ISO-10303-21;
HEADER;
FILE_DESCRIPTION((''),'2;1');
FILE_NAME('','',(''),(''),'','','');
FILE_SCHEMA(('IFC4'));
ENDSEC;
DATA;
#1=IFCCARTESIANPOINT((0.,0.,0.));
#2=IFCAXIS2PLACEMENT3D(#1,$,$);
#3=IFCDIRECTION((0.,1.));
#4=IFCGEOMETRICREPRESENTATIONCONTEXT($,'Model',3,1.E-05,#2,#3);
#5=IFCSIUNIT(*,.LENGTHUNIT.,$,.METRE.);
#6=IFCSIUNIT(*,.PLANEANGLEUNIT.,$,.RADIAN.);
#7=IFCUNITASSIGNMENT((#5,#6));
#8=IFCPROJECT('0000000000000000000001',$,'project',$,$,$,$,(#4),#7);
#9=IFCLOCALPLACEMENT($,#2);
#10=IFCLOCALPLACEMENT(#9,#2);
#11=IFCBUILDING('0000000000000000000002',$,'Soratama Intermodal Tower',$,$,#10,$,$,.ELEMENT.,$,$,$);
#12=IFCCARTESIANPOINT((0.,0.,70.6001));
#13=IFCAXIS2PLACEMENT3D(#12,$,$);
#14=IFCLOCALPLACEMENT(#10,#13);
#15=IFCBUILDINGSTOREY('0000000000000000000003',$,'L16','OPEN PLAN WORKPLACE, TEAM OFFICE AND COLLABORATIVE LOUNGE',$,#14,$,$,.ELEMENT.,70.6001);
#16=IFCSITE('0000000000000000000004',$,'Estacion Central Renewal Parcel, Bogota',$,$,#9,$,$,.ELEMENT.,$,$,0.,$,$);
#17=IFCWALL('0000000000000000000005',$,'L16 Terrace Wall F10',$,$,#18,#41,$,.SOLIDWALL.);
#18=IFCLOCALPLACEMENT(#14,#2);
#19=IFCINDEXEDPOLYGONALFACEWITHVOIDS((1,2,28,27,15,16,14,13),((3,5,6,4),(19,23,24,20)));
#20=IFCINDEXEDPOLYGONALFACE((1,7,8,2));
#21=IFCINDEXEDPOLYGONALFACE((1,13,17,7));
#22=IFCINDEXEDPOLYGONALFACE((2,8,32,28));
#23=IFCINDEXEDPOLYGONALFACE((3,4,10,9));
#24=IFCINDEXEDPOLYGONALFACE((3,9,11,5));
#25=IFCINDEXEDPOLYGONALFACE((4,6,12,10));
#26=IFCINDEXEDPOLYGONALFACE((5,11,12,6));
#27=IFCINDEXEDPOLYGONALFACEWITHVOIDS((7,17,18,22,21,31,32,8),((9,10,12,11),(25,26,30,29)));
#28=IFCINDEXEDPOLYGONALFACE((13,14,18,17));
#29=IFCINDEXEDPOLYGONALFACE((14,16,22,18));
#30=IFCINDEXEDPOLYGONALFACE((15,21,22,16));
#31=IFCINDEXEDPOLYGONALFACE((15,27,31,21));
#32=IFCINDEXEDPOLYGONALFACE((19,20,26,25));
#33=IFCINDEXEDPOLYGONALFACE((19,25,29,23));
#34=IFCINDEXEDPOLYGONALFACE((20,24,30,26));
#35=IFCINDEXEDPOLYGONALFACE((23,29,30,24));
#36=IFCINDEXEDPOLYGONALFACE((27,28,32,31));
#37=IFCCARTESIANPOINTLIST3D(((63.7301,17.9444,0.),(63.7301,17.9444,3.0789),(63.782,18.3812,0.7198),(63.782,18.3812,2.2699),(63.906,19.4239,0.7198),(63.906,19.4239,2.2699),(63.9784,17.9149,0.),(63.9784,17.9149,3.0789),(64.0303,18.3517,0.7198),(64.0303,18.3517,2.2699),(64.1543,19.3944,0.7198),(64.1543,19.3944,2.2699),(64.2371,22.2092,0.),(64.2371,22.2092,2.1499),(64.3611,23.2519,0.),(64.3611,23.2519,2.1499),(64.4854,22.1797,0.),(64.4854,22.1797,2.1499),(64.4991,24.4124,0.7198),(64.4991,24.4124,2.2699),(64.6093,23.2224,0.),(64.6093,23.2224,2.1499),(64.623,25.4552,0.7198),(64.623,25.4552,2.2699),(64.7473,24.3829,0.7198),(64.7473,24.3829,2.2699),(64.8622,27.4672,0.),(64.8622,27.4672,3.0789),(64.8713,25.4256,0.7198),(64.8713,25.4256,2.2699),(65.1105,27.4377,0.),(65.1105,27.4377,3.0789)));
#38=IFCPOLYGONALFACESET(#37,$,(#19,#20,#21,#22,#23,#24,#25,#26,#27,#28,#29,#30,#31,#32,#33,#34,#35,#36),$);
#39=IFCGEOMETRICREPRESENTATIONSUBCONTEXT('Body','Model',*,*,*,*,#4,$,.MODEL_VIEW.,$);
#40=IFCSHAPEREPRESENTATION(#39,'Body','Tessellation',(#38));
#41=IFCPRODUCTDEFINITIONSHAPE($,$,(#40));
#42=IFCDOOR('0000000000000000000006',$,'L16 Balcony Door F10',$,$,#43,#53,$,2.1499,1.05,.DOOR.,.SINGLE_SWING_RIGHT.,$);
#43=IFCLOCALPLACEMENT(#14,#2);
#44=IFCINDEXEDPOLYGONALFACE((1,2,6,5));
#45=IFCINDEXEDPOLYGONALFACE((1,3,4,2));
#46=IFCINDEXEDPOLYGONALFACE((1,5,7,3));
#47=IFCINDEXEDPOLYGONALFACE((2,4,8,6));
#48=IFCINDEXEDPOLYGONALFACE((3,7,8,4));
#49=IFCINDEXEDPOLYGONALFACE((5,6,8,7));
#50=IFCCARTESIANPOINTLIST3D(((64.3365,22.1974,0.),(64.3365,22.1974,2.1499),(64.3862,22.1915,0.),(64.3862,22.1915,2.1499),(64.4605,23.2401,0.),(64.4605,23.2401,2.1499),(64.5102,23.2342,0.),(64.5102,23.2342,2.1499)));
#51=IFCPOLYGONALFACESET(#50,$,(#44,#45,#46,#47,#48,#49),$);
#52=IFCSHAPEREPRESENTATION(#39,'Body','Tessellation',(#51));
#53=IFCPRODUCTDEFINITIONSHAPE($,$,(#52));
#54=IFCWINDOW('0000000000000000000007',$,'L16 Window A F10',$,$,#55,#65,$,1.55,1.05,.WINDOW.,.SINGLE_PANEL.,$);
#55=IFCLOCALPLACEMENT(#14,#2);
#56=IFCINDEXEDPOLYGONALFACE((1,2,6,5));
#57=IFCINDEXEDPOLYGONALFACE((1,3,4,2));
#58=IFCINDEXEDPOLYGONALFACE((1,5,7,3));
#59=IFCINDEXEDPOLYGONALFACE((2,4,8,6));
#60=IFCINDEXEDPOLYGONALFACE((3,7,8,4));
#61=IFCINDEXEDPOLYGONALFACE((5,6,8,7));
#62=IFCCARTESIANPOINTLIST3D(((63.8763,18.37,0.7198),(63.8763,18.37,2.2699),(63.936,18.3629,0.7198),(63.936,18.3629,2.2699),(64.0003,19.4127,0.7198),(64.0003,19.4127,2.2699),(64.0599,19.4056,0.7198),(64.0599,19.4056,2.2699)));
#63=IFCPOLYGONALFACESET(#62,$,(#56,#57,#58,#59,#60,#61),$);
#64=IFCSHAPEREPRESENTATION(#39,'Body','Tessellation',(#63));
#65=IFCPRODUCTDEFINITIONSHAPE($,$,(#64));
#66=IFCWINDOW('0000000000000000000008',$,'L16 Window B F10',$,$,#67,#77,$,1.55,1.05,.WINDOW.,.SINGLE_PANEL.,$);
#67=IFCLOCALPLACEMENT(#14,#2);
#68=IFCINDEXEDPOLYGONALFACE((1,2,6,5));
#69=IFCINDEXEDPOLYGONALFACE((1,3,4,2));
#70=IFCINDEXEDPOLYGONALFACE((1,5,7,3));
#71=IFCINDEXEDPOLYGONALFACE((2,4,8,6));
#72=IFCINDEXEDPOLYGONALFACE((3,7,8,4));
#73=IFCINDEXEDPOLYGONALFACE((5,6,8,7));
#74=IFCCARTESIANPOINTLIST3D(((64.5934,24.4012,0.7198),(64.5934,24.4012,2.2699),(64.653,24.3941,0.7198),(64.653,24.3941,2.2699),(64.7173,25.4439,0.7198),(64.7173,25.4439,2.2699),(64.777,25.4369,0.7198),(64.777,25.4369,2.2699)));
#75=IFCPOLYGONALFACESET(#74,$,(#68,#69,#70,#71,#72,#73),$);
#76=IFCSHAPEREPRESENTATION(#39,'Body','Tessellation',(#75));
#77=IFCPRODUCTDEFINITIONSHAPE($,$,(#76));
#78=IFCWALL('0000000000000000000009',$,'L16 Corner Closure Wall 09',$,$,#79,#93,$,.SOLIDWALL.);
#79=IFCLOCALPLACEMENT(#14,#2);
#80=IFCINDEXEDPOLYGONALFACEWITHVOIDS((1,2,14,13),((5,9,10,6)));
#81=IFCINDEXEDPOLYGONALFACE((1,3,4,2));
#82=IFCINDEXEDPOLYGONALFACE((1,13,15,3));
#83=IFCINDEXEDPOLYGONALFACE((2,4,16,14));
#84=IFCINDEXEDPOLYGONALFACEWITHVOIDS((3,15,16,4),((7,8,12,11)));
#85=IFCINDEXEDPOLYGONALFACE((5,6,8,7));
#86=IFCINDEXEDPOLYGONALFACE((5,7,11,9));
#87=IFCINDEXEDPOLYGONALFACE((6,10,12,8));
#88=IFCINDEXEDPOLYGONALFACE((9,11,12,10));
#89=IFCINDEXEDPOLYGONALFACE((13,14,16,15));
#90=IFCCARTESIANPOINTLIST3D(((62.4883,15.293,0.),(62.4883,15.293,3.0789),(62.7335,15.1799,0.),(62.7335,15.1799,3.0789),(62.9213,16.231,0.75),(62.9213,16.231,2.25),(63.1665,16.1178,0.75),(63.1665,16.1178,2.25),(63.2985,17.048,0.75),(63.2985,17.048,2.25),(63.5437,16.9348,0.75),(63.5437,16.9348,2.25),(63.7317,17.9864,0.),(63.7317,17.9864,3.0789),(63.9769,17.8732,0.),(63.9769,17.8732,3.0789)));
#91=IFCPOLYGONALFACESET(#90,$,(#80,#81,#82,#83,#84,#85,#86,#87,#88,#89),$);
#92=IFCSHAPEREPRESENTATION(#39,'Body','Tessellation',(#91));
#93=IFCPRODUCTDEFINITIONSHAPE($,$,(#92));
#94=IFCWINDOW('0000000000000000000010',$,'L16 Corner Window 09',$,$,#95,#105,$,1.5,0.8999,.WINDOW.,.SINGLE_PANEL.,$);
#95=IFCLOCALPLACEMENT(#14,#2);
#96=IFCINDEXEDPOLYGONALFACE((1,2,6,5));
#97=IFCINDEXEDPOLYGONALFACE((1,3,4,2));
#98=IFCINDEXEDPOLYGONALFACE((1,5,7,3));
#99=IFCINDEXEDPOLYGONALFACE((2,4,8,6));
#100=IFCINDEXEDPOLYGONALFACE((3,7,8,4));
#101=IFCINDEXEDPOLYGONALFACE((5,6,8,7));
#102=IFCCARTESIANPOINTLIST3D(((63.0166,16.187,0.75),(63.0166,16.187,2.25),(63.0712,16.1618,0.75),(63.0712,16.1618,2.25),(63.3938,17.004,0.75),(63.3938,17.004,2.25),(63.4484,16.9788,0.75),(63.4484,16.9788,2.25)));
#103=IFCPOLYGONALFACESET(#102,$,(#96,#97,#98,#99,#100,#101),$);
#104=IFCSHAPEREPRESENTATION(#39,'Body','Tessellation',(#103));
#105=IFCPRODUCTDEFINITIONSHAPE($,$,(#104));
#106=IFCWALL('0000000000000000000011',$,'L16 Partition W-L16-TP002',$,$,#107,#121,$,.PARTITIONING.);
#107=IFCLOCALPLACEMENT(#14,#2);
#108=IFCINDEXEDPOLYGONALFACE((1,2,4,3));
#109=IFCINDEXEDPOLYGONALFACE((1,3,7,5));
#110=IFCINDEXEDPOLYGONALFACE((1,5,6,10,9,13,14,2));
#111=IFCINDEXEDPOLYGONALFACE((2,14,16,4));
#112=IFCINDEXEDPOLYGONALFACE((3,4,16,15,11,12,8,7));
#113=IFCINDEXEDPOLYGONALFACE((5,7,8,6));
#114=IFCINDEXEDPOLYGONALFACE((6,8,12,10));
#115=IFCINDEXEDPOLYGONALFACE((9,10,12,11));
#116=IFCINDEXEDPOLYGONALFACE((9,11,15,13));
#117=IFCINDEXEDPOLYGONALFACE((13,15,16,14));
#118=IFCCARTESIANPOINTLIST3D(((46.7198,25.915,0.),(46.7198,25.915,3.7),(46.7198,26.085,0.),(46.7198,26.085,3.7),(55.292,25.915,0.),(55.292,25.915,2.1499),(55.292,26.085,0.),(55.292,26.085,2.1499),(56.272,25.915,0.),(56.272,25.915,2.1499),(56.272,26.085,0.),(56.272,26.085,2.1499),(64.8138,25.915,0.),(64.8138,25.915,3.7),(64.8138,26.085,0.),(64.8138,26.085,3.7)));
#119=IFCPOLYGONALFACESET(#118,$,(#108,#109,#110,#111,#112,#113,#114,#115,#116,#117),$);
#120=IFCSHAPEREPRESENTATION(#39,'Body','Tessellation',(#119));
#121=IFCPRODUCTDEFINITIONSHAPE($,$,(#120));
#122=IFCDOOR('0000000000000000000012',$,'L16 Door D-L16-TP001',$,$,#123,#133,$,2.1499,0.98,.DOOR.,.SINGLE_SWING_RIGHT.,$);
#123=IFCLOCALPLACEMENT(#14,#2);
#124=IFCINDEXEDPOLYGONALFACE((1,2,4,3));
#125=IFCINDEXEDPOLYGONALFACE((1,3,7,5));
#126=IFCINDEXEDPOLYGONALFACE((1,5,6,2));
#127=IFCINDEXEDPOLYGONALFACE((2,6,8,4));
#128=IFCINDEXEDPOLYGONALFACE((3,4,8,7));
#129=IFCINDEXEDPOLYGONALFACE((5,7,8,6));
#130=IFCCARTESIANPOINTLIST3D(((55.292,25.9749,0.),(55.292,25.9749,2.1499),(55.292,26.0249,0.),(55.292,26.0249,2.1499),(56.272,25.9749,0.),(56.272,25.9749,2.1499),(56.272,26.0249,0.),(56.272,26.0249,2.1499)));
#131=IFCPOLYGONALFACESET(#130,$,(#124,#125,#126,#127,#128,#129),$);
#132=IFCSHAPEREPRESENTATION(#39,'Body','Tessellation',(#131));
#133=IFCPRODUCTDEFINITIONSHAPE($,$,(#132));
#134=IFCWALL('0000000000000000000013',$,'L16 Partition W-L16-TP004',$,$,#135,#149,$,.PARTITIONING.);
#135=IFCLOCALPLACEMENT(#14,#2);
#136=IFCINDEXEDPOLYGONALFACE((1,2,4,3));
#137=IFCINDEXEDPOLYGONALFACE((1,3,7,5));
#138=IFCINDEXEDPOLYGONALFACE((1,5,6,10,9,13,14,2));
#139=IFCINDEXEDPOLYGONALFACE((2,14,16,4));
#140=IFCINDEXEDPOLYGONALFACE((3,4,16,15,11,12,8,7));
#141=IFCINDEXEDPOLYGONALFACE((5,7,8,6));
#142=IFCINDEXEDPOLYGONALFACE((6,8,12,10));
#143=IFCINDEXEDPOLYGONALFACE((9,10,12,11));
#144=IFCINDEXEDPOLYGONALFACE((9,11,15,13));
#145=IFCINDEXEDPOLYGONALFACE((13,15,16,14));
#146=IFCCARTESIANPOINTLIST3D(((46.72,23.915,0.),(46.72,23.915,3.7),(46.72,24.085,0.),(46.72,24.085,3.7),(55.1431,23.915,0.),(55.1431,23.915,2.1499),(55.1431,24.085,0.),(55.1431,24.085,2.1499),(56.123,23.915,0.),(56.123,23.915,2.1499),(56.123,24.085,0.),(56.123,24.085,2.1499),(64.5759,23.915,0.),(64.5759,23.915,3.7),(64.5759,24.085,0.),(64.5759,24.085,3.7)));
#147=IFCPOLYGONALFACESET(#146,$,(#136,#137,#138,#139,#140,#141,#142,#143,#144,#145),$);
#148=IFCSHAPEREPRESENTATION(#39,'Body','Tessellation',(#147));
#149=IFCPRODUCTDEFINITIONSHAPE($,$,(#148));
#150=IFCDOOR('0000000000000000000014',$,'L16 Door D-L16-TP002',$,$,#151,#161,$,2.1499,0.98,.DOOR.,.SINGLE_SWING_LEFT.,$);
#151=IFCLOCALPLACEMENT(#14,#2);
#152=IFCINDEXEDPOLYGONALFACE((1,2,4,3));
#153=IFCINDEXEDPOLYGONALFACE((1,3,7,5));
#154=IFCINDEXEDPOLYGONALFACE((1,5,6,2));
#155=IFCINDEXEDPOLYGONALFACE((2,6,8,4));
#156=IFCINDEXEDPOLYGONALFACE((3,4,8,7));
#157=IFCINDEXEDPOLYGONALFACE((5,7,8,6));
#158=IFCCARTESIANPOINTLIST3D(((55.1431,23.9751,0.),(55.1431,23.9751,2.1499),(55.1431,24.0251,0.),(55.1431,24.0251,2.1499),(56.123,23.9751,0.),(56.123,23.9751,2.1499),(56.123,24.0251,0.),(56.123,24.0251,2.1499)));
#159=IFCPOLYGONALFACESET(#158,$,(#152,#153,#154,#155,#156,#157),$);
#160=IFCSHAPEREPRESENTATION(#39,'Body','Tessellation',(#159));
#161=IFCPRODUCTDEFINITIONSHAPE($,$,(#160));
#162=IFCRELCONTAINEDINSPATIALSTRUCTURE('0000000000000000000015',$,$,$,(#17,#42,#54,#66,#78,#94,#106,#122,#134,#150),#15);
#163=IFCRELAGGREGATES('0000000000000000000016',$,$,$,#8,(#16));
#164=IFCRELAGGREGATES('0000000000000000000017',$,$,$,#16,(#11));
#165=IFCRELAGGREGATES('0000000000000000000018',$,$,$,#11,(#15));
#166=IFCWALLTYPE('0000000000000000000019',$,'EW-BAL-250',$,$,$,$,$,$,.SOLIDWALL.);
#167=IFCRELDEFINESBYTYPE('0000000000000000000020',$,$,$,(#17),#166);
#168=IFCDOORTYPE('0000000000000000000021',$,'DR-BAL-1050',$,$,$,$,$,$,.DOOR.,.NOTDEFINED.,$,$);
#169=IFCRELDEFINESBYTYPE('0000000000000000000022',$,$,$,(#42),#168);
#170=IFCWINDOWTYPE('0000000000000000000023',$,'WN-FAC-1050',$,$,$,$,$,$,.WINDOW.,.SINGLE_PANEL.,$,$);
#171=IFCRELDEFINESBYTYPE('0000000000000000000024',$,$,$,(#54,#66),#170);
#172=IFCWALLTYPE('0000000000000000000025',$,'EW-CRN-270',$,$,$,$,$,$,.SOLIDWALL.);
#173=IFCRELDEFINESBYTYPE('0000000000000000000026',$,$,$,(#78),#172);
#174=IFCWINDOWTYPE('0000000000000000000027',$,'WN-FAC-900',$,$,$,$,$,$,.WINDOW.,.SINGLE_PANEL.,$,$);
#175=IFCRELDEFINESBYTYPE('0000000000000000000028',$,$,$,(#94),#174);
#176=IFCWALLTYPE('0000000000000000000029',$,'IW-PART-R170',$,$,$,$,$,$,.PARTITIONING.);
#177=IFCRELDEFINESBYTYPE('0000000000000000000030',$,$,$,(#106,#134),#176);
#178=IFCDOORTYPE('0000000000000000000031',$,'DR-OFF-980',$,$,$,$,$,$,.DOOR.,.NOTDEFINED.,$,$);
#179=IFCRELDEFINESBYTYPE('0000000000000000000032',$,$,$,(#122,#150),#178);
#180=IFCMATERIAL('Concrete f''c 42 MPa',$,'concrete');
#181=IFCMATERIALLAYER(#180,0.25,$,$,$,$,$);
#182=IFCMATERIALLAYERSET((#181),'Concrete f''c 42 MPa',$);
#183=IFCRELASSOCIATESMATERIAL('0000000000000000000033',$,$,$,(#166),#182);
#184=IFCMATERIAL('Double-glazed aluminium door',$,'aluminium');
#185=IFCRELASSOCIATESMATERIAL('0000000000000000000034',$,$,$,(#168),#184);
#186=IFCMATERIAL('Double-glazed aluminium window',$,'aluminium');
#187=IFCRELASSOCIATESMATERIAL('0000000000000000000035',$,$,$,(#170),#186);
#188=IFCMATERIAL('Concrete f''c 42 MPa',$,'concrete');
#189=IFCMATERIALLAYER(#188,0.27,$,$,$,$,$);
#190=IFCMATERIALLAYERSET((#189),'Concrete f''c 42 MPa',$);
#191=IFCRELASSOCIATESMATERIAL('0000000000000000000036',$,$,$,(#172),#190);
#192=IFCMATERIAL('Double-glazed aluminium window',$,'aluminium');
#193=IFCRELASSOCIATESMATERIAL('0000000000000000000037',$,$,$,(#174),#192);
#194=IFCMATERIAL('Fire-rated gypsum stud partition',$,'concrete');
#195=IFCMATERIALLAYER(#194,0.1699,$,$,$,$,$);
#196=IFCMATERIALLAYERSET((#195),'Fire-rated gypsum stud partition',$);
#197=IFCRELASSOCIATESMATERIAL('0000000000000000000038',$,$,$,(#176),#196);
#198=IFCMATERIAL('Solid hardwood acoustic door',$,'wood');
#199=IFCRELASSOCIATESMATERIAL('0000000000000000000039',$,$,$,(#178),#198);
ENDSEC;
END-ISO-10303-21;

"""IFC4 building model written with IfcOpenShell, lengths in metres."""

from ifc_helpers import new_model, si_unit, direction, frame, frame_2d, origin, place, context, subcontext, project, spatial, rectangle, extrude, material, layer, layer_set, type_object, element, fill, save


model = new_model("IFC4")

# Units and contexts
model_context = context("Model", 3, precision=1e-05, world=origin(), true_north=direction((0.0, 1.0)))
body_context = subcontext(model_context, "Body", "Model", "MODEL_VIEW")
ifc_project = project(units=[si_unit("LENGTHUNIT", "METRE"), si_unit("PLANEANGLEUNIT", "RADIAN")], contexts=[model_context])

# Site, building, storey
site_placement = place(None, origin())
site = spatial("IfcSite", under=ifc_project, at=site_placement, Name="Estacion Central Renewal Parcel, Bogota", CompositionType="ELEMENT", RefElevation=0.0)
building_placement = place(site_placement, origin())
building = spatial("IfcBuilding", under=site, at=building_placement, Name="Soratama Intermodal Tower", CompositionType="ELEMENT")
storey_placement = place(building_placement, frame((0.0, 0.0, 70.6001)))
storey = spatial("IfcBuildingStorey", under=building, at=storey_placement, Name="L16", Description="OPEN PLAN WORKPLACE, TEAM OFFICE AND COLLABORATIVE LOUNGE", CompositionType="ELEMENT", Elevation=70.6001)

# Wall, openings, door, windows
ifc_material_1 = material(Name="Concrete f'c 42 MPa", Category="concrete")
ifc_layer_1 = layer(ifc_material_1, 0.25)
ifc_layer_set_1 = layer_set([ifc_layer_1], Name="Concrete f'c 42 MPa")
wall_type_1 = type_object("IfcWallType", Name="EW-BAL-250", PredefinedType="SOLIDWALL", material=ifc_layer_set_1)
wall_1_placement = place(storey_placement, frame((63.8542, 17.9297, 0.0), z_axis=(0.0, 0.0, 1.0), x_axis=(0.118051, 0.993008, 0.0)))
wall_1 = element("IfcWall", 1, at=wall_1_placement, inside=storey, type_object=wall_type_1, Name="L16 Terrace Wall F10", PredefinedType="SOLIDWALL", context=body_context, shape_type="SweptSolid", body=[
    extrude(rectangle(XDim=9.5898, YDim=0.25, at=frame_2d((4.7949, 0.0))), origin(), (0.0, 0.0, 1.0), 3.0789),
])
opening_1_placement = place(wall_1_placement, frame((4.2949, 0.0, 0.0)))
opening_1 = element("IfcOpeningElement", 2, at=opening_1_placement, cuts=wall_1, PredefinedType="OPENING", context=body_context, shape_type="SweptSolid", body=[
    extrude(rectangle(XDim=1.05, YDim=2.1499, at=frame_2d((0.5249, 1.075))), frame((0.0, 0.135, 0.0), z_axis=(0.0, -1.0, 0.0), x_axis=(1.0, 0.0, 0.0)), (0.0, 0.0, 1.0), 0.27),
])
opening_2_placement = place(wall_1_placement, frame((0.4399, 0.0, 0.72)))
opening_2 = element("IfcOpeningElement", 3, at=opening_2_placement, cuts=wall_1, PredefinedType="OPENING", context=body_context, shape_type="SweptSolid", body=[
    extrude(rectangle(XDim=1.05, YDim=1.55, at=frame_2d((0.5249, 0.7749))), frame((0.0, 0.135, 0.0), z_axis=(0.0, -1.0, 0.0), x_axis=(1.0, 0.0, 0.0)), (0.0, 0.0, 1.0), 0.27),
])
opening_3_placement = place(wall_1_placement, frame((6.5137, 0.0, 0.72)))
opening_3 = element("IfcOpeningElement", 4, at=opening_3_placement, cuts=wall_1, PredefinedType="OPENING", context=body_context, shape_type="SweptSolid", body=[
    extrude(rectangle(XDim=1.05, YDim=1.55, at=frame_2d((0.5249, 0.7749))), frame((0.0, 0.135, 0.0), z_axis=(0.0, -1.0, 0.0), x_axis=(1.0, 0.0, 0.0)), (0.0, 0.0, 1.0), 0.27),
])
ifc_material_2 = material(Name="Double-glazed aluminium door", Category="aluminium")
door_type_1 = type_object("IfcDoorType", Name="DR-BAL-1050", OperationType="NOTDEFINED", PredefinedType="DOOR", material=ifc_material_2)
door_1_placement = place(opening_1_placement, origin())
door_1 = element("IfcDoor", 5, at=door_1_placement, inside=storey, type_object=door_type_1, Name="L16 Balcony Door F10", OperationType="SINGLE_SWING_RIGHT", OverallHeight=2.1499, OverallWidth=1.05, PredefinedType="DOOR", context=body_context, shape_type="SweptSolid", body=[
    extrude(rectangle(XDim=1.05, YDim=2.1499, at=frame_2d((0.5249, 1.075))), frame((0.0, 0.0249, 0.0), z_axis=(0.0, -1.0, 0.0), x_axis=(1.0, 0.0, 0.0)), (0.0, 0.0, 1.0), 0.05),
])
fill(opening_1, door_1)
ifc_material_3 = material(Name="Double-glazed aluminium window", Category="aluminium")
window_type_1 = type_object("IfcWindowType", Name="WN-FAC-1050", PartitioningType="SINGLE_PANEL", PredefinedType="WINDOW", material=ifc_material_3)
window_1_placement = place(opening_2_placement, origin())
window_1 = element("IfcWindow", 6, at=window_1_placement, inside=storey, type_object=window_type_1, Name="L16 Window A F10", OverallHeight=1.55, OverallWidth=1.05, PartitioningType="SINGLE_PANEL", PredefinedType="WINDOW", context=body_context, shape_type="SweptSolid", body=[
    extrude(rectangle(XDim=1.05, YDim=1.55, at=frame_2d((0.5249, 0.7749))), frame((0.0, 0.03, 0.0), z_axis=(0.0, -1.0, 0.0), x_axis=(1.0, 0.0, 0.0)), (0.0, 0.0, 1.0), 0.0601),
])
fill(opening_2, window_1)
window_2_placement = place(opening_3_placement, origin())
window_2 = element("IfcWindow", 7, at=window_2_placement, inside=storey, type_object=window_type_1, Name="L16 Window B F10", OverallHeight=1.55, OverallWidth=1.05, PartitioningType="SINGLE_PANEL", PredefinedType="WINDOW", context=body_context, shape_type="SweptSolid", body=[
    extrude(rectangle(XDim=1.05, YDim=1.55, at=frame_2d((0.5249, 0.7749))), frame((0.0, 0.03, 0.0), z_axis=(0.0, -1.0, 0.0), x_axis=(1.0, 0.0, 0.0)), (0.0, 0.0, 1.0), 0.0601),
])
fill(opening_3, window_2)

# Wall, opening, window
ifc_material_4 = material(Name="Concrete f'c 42 MPa", Category="concrete")
ifc_layer_2 = layer(ifc_material_4, 0.27)
ifc_layer_set_2 = layer_set([ifc_layer_2], Name="Concrete f'c 42 MPa")
wall_type_2 = type_object("IfcWallType", Name="EW-CRN-270", PredefinedType="SOLIDWALL", material=ifc_layer_set_2)
wall_2_placement = place(storey_placement, frame((62.6108, 15.2363, 0.0), z_axis=(0.0, 0.0, 1.0), x_axis=(0.419147, 0.907918, 0.0)))
wall_2 = element("IfcWall", 8, at=wall_2_placement, inside=storey, type_object=wall_type_2, Name="L16 Corner Closure Wall 09", PredefinedType="SOLIDWALL", context=body_context, shape_type="SweptSolid", body=[
    extrude(rectangle(XDim=2.9666, YDim=0.27, at=frame_2d((1.4834, 0.0))), origin(), (0.0, 0.0, 1.0), 3.0789),
])
opening_4_placement = place(wall_2_placement, frame((1.0332, 0.0, 0.75)))
opening_4 = element("IfcOpeningElement", 9, at=opening_4_placement, cuts=wall_2, PredefinedType="OPENING", context=body_context, shape_type="SweptSolid", body=[
    extrude(rectangle(XDim=0.8999, YDim=1.5, at=frame_2d((0.45, 0.75))), frame((0.0, 0.145, 0.0), z_axis=(0.0, -1.0, 0.0), x_axis=(1.0, 0.0, 0.0)), (0.0, 0.0, 1.0), 0.29),
])
ifc_material_5 = material(Name="Double-glazed aluminium window", Category="aluminium")
window_type_2 = type_object("IfcWindowType", Name="WN-FAC-900", PartitioningType="SINGLE_PANEL", PredefinedType="WINDOW", material=ifc_material_5)
window_3_placement = place(opening_4_placement, origin())
window_3 = element("IfcWindow", 10, at=window_3_placement, inside=storey, type_object=window_type_2, Name="L16 Corner Window 09", OverallHeight=1.5, OverallWidth=0.8999, PartitioningType="SINGLE_PANEL", PredefinedType="WINDOW", context=body_context, shape_type="SweptSolid", body=[
    extrude(rectangle(XDim=0.8999, YDim=1.5, at=frame_2d((0.45, 0.75))), frame((0.0, 0.03, 0.0), z_axis=(0.0, -1.0, 0.0), x_axis=(1.0, 0.0, 0.0)), (0.0, 0.0, 1.0), 0.0601),
])
fill(opening_4, window_3)

# Walls, openings, doors
ifc_material_6 = material(Name="Fire-rated gypsum stud partition", Category="concrete")
ifc_layer_3 = layer(ifc_material_6, 0.1699)
ifc_layer_set_3 = layer_set([ifc_layer_3], Name="Fire-rated gypsum stud partition")
wall_type_3 = type_object("IfcWallType", Name="IW-PART-R170", PredefinedType="PARTITIONING", material=ifc_layer_set_3)
wall_3_placement = place(storey_placement, frame((46.72, 26.0, 0.0), z_axis=(0.0, 0.0, 1.0), x_axis=(1.0, 0.0, 0.0)))
wall_3 = element("IfcWall", 11, at=wall_3_placement, inside=storey, type_object=wall_type_3, Name="L16 Partition W-L16-TP002", PredefinedType="PARTITIONING", context=body_context, shape_type="SweptSolid", body=[
    extrude(rectangle(XDim=18.094, YDim=0.1699, at=frame_2d((9.0469, 0.0))), origin(), (0.0, 0.0, 1.0), 3.7),
])
opening_5_placement = place(wall_3_placement, frame((8.572, 0.0, 0.0)))
opening_5 = element("IfcOpeningElement", 12, at=opening_5_placement, cuts=wall_3, PredefinedType="OPENING", context=body_context, shape_type="SweptSolid", body=[
    extrude(rectangle(XDim=0.98, YDim=2.1499, at=frame_2d((0.49, 1.075))), frame((0.0, 0.095, 0.0), z_axis=(0.0, -1.0, 0.0), x_axis=(1.0, 0.0, 0.0)), (0.0, 0.0, 1.0), 0.1899),
])
ifc_material_7 = material(Name="Solid hardwood acoustic door", Category="wood")
door_type_2 = type_object("IfcDoorType", Name="DR-OFF-980", OperationType="NOTDEFINED", PredefinedType="DOOR", material=ifc_material_7)
door_2_placement = place(opening_5_placement, origin())
door_2 = element("IfcDoor", 13, at=door_2_placement, inside=storey, type_object=door_type_2, Name="L16 Door D-L16-TP001", OperationType="SINGLE_SWING_RIGHT", OverallHeight=2.1499, OverallWidth=0.98, PredefinedType="DOOR", context=body_context, shape_type="SweptSolid", body=[
    extrude(rectangle(XDim=0.98, YDim=2.1499, at=frame_2d((0.49, 1.075))), frame((0.0, 0.0249, 0.0), z_axis=(0.0, -1.0, 0.0), x_axis=(1.0, 0.0, 0.0)), (0.0, 0.0, 1.0), 0.05),
])
fill(opening_5, door_2)
wall_4_placement = place(storey_placement, frame((64.5759, 24.0, 0.0), z_axis=(0.0, 0.0, 1.0), x_axis=(-1.0, 0.0, 0.0)))
wall_4 = element("IfcWall", 14, at=wall_4_placement, inside=storey, type_object=wall_type_3, Name="L16 Partition W-L16-TP004", PredefinedType="PARTITIONING", context=body_context, shape_type="SweptSolid", body=[
    extrude(rectangle(XDim=17.856, YDim=0.1699, at=frame_2d((8.928, 0.0))), origin(), (0.0, 0.0, 1.0), 3.7),
])
opening_6_placement = place(wall_4_placement, frame((8.4529, 0.0, 0.0)))
opening_6 = element("IfcOpeningElement", 15, at=opening_6_placement, cuts=wall_4, PredefinedType="OPENING", context=body_context, shape_type="SweptSolid", body=[
    extrude(rectangle(XDim=0.98, YDim=2.1499, at=frame_2d((0.49, 1.075))), frame((0.0, 0.095, 0.0), z_axis=(0.0, -1.0, 0.0), x_axis=(1.0, 0.0, 0.0)), (0.0, 0.0, 1.0), 0.1899),
])
door_3_placement = place(opening_6_placement, origin())
door_3 = element("IfcDoor", 16, at=door_3_placement, inside=storey, type_object=door_type_2, Name="L16 Door D-L16-TP002", OperationType="SINGLE_SWING_LEFT", OverallHeight=2.1499, OverallWidth=0.98, PredefinedType="DOOR", context=body_context, shape_type="SweptSolid", body=[
    extrude(rectangle(XDim=0.98, YDim=2.1499, at=frame_2d((0.49, 1.075))), frame((0.0, 0.0249, 0.0), z_axis=(0.0, -1.0, 0.0), x_axis=(1.0, 0.0, 0.0)), (0.0, 0.0, 1.0), 0.05),
])
fill(opening_6, door_3)

save(model, "model.ifc")
